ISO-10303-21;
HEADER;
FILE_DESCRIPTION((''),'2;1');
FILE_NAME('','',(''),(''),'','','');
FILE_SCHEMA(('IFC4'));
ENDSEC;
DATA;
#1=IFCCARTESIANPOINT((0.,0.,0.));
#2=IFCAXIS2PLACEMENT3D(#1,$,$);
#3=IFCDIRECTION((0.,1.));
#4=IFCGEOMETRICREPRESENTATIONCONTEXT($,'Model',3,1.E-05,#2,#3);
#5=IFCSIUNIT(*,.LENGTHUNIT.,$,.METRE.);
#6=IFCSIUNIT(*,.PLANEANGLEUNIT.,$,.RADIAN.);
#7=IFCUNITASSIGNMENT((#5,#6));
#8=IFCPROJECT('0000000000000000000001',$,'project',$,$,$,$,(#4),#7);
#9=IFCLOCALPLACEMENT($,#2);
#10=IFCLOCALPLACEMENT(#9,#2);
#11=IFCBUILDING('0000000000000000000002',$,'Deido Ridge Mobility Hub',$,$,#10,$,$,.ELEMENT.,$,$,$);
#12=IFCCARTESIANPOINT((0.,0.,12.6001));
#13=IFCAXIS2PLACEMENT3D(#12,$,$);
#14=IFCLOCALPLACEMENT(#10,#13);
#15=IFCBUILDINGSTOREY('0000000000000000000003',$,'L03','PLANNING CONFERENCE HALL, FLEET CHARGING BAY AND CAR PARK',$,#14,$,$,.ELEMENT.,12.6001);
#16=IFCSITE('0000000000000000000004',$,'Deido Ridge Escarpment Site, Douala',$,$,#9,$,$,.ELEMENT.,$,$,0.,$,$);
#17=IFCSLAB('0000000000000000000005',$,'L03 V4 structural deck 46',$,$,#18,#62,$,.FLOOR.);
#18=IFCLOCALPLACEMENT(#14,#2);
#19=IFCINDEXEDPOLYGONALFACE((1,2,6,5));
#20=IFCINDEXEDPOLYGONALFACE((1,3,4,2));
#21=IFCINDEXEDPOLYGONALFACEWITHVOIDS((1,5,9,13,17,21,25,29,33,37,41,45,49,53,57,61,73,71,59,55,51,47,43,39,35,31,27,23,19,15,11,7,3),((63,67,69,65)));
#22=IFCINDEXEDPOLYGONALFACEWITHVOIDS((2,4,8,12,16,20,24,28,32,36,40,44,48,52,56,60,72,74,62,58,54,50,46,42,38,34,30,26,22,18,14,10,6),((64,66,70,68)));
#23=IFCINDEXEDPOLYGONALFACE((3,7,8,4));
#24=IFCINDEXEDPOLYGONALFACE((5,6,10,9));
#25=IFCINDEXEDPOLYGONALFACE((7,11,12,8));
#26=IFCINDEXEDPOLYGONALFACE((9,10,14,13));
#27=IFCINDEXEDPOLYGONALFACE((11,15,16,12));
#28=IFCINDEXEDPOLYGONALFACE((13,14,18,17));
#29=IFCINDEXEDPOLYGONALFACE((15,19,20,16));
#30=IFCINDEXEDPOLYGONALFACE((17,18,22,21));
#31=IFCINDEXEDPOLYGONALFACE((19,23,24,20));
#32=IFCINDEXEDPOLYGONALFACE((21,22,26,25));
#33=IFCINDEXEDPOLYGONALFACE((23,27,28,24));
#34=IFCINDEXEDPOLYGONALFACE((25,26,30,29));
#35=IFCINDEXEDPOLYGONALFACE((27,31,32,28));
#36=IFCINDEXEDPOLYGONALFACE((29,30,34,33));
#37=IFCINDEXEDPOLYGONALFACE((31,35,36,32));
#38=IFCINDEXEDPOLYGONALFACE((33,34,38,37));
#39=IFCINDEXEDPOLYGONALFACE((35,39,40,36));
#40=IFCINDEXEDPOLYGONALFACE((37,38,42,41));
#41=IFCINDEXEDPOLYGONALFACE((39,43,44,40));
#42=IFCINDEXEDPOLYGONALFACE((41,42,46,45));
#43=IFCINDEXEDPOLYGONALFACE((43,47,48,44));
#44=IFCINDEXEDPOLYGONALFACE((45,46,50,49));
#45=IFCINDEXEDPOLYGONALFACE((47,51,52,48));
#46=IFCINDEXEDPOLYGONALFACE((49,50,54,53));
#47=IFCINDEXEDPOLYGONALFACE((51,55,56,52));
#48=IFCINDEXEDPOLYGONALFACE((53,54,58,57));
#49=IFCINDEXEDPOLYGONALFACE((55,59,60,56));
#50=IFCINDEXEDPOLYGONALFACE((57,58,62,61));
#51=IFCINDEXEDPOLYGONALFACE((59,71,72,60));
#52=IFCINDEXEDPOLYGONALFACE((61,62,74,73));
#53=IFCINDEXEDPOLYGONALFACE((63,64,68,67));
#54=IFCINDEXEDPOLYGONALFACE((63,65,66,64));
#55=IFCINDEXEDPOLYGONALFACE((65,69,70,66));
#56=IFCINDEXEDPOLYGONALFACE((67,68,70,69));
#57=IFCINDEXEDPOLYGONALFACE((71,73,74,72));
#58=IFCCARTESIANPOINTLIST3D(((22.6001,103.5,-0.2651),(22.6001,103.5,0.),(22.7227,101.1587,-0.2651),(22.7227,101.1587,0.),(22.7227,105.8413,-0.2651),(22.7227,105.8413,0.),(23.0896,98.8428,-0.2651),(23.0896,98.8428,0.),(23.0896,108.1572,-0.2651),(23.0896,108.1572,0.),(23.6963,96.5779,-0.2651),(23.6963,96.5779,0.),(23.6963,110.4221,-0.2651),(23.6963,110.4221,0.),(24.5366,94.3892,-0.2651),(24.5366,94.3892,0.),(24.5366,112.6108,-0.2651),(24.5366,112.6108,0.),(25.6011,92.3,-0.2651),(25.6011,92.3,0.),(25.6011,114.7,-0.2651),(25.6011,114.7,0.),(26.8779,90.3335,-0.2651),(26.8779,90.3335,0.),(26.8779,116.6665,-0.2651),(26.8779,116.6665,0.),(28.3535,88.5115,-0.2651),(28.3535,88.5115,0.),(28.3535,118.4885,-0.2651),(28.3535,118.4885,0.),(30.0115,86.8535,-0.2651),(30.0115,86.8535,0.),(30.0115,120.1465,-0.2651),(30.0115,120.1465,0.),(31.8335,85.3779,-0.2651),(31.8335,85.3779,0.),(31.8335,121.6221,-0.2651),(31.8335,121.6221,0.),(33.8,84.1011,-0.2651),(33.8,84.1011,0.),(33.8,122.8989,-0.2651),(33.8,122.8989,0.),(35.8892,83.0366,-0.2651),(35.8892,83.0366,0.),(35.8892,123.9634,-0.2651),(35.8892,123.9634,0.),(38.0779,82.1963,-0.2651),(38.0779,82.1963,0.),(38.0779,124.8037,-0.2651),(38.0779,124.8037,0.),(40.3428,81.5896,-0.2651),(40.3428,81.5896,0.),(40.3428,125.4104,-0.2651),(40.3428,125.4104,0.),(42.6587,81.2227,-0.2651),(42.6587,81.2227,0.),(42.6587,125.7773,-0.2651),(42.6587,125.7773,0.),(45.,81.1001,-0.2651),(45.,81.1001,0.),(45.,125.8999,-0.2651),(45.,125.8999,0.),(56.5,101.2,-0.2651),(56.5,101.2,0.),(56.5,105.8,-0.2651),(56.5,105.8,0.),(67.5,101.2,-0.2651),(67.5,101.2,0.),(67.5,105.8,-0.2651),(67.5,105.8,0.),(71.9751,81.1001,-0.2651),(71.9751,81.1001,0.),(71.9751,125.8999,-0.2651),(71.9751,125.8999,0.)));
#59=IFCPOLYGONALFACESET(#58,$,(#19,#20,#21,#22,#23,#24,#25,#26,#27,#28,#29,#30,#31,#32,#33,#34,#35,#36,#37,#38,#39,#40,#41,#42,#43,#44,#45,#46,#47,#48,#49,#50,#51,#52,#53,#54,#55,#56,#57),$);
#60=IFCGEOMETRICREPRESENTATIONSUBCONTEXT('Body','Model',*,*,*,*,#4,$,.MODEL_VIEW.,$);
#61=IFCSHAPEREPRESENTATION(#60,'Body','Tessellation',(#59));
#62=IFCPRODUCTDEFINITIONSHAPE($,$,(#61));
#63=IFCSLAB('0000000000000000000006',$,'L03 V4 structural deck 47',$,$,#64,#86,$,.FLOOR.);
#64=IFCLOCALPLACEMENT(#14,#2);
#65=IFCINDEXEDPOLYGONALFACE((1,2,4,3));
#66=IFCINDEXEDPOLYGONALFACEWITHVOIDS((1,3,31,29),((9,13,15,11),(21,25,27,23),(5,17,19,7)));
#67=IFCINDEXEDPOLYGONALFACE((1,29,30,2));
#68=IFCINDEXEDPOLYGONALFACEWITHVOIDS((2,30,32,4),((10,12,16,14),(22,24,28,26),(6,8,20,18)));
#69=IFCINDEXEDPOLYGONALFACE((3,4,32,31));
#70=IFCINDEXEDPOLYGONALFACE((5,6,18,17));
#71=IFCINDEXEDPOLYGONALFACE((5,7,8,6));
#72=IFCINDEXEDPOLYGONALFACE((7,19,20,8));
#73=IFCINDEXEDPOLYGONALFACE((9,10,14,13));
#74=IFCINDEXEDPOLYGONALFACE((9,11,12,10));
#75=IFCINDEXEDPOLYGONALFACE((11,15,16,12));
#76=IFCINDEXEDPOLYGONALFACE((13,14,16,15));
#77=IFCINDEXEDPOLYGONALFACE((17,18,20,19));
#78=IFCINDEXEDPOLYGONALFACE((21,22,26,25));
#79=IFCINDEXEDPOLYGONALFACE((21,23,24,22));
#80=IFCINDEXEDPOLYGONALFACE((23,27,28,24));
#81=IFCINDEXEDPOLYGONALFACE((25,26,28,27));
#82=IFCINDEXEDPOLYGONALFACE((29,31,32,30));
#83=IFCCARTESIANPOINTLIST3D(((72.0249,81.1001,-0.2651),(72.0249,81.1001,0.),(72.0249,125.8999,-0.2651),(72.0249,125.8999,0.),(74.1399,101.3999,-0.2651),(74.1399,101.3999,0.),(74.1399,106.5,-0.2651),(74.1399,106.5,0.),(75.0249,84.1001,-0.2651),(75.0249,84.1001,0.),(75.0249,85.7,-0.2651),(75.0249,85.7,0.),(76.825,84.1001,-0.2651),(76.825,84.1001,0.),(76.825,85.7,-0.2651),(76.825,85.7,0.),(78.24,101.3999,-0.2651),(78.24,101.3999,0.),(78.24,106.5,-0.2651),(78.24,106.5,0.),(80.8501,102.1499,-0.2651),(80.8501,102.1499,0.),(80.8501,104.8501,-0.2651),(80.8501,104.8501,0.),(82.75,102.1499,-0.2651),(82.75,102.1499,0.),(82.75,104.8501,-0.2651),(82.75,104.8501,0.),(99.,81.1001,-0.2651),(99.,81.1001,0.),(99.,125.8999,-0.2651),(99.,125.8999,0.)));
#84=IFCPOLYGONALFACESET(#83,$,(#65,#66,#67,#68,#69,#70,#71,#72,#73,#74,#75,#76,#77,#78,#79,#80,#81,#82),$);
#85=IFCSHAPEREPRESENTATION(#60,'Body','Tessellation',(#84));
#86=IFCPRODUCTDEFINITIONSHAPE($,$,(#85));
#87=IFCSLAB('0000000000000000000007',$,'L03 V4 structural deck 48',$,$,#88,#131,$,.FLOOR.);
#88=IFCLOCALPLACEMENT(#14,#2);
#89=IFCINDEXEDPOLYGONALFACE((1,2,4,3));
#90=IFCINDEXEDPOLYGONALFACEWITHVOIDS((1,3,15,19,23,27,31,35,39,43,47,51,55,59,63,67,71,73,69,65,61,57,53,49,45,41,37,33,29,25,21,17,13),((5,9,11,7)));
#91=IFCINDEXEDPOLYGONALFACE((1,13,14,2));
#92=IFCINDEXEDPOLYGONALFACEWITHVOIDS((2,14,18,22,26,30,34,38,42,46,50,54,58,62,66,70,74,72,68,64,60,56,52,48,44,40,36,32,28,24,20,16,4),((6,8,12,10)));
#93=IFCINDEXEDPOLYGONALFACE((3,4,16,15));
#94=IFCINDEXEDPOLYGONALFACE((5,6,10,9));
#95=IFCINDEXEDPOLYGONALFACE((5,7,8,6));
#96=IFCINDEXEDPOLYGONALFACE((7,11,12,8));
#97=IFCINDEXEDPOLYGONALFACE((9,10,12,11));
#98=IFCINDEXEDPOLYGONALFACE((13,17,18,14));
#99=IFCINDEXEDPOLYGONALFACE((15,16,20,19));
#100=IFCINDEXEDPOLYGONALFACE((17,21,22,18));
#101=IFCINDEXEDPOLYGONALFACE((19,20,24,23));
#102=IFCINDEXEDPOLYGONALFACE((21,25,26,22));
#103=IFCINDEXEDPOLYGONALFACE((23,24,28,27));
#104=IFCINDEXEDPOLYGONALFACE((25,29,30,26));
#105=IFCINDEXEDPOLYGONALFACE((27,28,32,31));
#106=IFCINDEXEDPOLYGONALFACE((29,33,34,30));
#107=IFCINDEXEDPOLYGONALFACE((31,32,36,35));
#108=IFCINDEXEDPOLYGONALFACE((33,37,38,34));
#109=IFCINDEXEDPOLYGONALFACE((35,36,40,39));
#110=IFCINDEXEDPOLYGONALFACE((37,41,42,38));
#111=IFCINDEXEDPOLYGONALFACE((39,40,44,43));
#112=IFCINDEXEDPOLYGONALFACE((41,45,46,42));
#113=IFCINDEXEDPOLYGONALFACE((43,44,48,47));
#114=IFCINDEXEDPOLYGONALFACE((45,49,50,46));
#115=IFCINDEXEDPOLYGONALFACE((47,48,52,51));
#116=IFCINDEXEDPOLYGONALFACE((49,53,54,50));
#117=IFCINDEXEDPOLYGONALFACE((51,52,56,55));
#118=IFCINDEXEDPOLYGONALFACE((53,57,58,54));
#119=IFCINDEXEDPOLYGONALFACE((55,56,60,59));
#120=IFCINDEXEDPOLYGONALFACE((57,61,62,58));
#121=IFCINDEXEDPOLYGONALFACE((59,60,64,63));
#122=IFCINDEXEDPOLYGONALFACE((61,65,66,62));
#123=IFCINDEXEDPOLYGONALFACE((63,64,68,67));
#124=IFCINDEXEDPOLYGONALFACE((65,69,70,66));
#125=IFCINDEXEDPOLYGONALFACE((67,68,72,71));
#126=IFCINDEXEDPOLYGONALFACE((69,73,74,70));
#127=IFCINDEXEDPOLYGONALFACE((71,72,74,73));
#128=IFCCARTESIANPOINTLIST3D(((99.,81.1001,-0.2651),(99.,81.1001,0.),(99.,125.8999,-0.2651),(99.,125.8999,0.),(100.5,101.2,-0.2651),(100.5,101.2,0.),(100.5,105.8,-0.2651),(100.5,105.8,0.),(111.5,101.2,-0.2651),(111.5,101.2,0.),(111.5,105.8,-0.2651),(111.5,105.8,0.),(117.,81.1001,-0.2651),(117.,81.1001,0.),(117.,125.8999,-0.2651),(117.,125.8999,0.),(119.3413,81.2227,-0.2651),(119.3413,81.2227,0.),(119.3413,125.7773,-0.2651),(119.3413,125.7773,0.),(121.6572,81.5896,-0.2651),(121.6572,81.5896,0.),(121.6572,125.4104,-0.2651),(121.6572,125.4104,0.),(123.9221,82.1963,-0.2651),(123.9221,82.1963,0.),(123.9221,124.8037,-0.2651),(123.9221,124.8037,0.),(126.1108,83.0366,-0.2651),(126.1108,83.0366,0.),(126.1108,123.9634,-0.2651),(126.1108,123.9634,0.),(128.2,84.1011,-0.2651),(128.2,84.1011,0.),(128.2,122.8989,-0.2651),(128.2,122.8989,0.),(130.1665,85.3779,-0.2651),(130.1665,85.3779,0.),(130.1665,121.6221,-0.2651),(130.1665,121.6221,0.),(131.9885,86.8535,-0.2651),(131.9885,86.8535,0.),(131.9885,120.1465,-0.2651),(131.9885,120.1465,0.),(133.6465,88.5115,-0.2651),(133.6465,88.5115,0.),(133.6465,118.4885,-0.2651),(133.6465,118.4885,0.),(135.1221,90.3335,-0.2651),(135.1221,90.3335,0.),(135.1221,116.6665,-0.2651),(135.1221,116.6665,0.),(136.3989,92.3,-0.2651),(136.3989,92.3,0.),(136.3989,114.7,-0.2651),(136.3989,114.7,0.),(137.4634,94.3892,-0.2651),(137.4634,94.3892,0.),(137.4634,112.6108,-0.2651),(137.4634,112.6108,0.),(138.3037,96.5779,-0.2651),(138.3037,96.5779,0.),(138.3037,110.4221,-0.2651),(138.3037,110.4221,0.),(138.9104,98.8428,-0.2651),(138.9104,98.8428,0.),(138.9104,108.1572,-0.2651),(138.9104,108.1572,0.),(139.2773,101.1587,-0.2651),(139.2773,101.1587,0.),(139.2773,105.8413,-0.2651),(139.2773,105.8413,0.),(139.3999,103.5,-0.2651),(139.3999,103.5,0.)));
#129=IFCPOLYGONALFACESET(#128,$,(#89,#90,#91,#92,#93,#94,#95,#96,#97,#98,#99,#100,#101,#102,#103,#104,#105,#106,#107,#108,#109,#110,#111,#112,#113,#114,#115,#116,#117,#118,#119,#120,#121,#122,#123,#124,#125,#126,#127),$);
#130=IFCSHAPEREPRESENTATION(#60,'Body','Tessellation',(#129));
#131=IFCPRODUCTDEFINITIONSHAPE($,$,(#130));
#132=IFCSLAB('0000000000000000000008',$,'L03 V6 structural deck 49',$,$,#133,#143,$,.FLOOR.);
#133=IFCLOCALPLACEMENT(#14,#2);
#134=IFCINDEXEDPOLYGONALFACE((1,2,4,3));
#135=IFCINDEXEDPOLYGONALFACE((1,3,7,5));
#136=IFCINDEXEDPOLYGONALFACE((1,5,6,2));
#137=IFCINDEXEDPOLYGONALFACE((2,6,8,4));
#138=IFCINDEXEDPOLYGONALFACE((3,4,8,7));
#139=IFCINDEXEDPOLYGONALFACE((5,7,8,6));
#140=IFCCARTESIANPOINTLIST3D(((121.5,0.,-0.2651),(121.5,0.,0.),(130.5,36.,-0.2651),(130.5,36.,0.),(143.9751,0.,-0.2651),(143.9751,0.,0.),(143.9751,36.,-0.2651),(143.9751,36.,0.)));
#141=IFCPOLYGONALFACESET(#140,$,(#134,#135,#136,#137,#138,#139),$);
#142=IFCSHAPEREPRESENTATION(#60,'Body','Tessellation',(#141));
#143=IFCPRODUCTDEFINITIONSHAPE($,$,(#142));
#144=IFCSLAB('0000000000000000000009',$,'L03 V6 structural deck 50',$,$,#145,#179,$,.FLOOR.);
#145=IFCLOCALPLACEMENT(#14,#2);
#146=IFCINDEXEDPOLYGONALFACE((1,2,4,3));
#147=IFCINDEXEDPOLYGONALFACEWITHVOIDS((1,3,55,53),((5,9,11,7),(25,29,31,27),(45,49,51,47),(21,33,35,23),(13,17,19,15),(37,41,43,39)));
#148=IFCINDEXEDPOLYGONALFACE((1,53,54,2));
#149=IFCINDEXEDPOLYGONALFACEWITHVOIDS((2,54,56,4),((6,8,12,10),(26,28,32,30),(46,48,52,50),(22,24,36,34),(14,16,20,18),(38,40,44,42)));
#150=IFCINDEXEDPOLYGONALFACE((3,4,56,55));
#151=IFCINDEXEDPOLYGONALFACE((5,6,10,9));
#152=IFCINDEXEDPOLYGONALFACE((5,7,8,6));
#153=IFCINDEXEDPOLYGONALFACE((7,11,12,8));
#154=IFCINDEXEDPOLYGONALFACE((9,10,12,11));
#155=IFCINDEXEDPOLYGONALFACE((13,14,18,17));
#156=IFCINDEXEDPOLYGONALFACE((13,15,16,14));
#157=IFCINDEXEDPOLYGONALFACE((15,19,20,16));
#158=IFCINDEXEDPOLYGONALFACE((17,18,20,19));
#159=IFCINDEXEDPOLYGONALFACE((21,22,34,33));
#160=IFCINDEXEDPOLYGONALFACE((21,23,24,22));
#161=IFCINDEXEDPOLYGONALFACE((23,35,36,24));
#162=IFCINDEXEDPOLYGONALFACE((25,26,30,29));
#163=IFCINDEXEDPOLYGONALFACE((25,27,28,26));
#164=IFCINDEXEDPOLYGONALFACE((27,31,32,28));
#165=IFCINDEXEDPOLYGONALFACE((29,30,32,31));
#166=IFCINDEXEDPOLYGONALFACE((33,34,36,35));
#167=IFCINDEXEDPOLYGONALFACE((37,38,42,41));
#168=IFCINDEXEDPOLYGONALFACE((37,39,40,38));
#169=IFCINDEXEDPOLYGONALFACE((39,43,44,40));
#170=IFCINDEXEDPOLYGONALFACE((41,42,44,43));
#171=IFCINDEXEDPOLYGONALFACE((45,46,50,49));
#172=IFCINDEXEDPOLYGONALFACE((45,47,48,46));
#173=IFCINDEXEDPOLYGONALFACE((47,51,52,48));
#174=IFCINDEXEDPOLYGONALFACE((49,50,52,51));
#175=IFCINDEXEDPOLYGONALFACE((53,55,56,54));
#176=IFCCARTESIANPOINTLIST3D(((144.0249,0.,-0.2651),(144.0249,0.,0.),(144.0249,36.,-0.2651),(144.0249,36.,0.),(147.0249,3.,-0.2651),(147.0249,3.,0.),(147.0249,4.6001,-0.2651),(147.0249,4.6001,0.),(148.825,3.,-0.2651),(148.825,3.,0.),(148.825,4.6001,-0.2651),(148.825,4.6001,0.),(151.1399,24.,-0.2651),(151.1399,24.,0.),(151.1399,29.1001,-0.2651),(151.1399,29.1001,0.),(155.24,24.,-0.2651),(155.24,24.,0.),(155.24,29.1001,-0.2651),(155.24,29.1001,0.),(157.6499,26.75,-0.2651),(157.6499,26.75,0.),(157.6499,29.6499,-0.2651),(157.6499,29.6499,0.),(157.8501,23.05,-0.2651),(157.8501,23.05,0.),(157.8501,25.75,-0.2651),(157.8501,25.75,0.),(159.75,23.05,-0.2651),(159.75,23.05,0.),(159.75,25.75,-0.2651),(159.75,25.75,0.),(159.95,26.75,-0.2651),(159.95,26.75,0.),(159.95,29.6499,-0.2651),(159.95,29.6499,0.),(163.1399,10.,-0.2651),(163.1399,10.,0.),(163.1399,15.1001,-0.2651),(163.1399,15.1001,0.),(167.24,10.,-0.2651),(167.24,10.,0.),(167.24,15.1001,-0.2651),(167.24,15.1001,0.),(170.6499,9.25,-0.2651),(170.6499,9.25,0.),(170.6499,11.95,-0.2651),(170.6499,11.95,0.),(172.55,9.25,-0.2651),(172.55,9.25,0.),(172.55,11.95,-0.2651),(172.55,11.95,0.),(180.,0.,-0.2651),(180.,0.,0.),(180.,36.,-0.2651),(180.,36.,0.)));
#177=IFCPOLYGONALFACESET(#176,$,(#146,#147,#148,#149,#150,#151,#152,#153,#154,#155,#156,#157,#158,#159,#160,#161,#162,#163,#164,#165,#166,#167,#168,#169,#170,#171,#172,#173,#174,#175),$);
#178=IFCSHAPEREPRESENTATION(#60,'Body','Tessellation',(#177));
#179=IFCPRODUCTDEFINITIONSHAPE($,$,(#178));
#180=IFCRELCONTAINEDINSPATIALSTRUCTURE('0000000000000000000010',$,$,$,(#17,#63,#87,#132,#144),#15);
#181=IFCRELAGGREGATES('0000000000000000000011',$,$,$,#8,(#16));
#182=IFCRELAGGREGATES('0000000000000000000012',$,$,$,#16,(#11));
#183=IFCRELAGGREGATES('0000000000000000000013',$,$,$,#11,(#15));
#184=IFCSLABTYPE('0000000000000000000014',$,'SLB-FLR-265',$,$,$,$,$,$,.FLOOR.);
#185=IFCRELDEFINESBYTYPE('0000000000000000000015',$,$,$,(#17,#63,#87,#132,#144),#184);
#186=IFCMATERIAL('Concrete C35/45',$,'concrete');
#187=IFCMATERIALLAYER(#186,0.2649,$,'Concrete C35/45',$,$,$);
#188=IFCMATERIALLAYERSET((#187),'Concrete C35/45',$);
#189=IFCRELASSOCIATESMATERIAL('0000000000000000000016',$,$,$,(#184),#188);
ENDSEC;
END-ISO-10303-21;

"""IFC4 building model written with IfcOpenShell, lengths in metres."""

from ifc_helpers import new_model, si_unit, direction, frame, origin, place, context, subcontext, project, spatial, polyline, outline, extrude, material, layer, layer_set, type_object, element, save


model = new_model("IFC4")

# Units and contexts
model_context = context("Model", 3, precision=1e-05, world=origin(), true_north=direction((0.0, 1.0)))
body_context = subcontext(model_context, "Body", "Model", "MODEL_VIEW")
ifc_project = project(units=[si_unit("LENGTHUNIT", "METRE"), si_unit("PLANEANGLEUNIT", "RADIAN")], contexts=[model_context])

# Site, building, storey
site_placement = place(None, origin())
site = spatial("IfcSite", under=ifc_project, at=site_placement, Name="Deido Ridge Escarpment Site, Douala", CompositionType="ELEMENT", RefElevation=0.0)
building_placement = place(site_placement, origin())
building = spatial("IfcBuilding", under=site, at=building_placement, Name="Deido Ridge Mobility Hub", CompositionType="ELEMENT")
storey_placement = place(building_placement, frame((0.0, 0.0, 12.6001)))
storey = spatial("IfcBuildingStorey", under=building, at=storey_placement, Name="L03", Description="PLANNING CONFERENCE HALL, FLEET CHARGING BAY AND CAR PARK", CompositionType="ELEMENT", Elevation=12.6001)

# Slabs
ifc_material_1 = material(Name="Concrete C35/45", Category="concrete")
ifc_layer_1 = layer(ifc_material_1, 0.2649, Name="Concrete C35/45")
ifc_layer_set_1 = layer_set([ifc_layer_1], Name="Concrete C35/45")
slab_type_1 = type_object("IfcSlabType", Name="SLB-FLR-265", PredefinedType="FLOOR", material=ifc_layer_set_1)
slab_1_placement = place(storey_placement, frame((0.0, 0.0, -0.2651)))
element("IfcSlab", 1, at=slab_1_placement, inside=storey, type_object=slab_type_1, Name="L03 V4 structural deck 46", PredefinedType="FLOOR", context=body_context, shape_type="SweptSolid", body=[
    extrude(outline(polyline([(42.6587, 81.2227), (40.3428, 81.5896), (38.0779, 82.1963), (35.8892, 83.0366), (33.8, 84.1011), (31.8335, 85.3779), (30.0115, 86.8535), (28.3535, 88.5115), (26.8779, 90.3335), (25.6011, 92.3), (24.5366, 94.3892), (23.6963, 96.5779), (23.0896, 98.8428), (22.7227, 101.1587), (22.6001, 103.5), (22.7227, 105.8413), (23.0896, 108.1572), (23.6963, 110.4221), (24.5366, 112.6108), (25.6011, 114.7), (26.8779, 116.6665), (28.3535, 118.4885), (30.0115, 120.1465), (31.8335, 121.6221), (33.8, 122.8989), (35.8892, 123.9634), (38.0779, 124.8037), (40.3428, 125.4104), (42.6587, 125.7773), (45.0, 125.8999), (71.9751, 125.8999), (71.9751, 81.1001), (45.0, 81.1001), (42.6587, 81.2227)]), holes=[polyline([(56.5, 101.2), (56.5, 105.8), (67.5, 105.8), (67.5, 101.2), (56.5, 101.2)])]), origin(), (0.0, 0.0, 1.0), 0.2651),
])
slab_2_placement = place(storey_placement, frame((0.0, 0.0, -0.2651)))
element("IfcSlab", 2, at=slab_2_placement, inside=storey, type_object=slab_type_1, Name="L03 V4 structural deck 47", PredefinedType="FLOOR", context=body_context, shape_type="SweptSolid", body=[
    extrude(outline(polyline([(99.0, 81.1001), (72.0249, 81.1001), (72.0249, 125.8999), (99.0, 125.8999), (99.0, 81.1001)]), holes=[polyline([(75.0249, 84.1001), (75.0249, 85.7), (76.825, 85.7), (76.825, 84.1001), (75.0249, 84.1001)]), polyline([(80.8501, 102.1499), (80.8501, 104.8501), (82.75, 104.8501), (82.75, 102.1499), (80.8501, 102.1499)]), polyline([(74.1399, 101.3999), (74.1399, 106.5), (78.24, 106.5), (78.24, 101.3999), (74.1399, 101.3999)])]), origin(), (0.0, 0.0, 1.0), 0.2651),
])
slab_3_placement = place(storey_placement, frame((0.0, 0.0, -0.2651)))
element("IfcSlab", 3, at=slab_3_placement, inside=storey, type_object=slab_type_1, Name="L03 V4 structural deck 48", PredefinedType="FLOOR", context=body_context, shape_type="SweptSolid", body=[
    extrude(outline(polyline([(119.3413, 125.7773), (121.6572, 125.4104), (123.9221, 124.8037), (126.1108, 123.9634), (128.2, 122.8989), (130.1665, 121.6221), (131.9885, 120.1465), (133.6465, 118.4885), (135.1221, 116.6665), (136.3989, 114.7), (137.4634, 112.6108), (138.3037, 110.4221), (138.9104, 108.1572), (139.2773, 105.8413), (139.3999, 103.5), (139.2773, 101.1587), (138.9104, 98.8428), (138.3037, 96.5779), (137.4634, 94.3892), (136.3989, 92.3), (135.1221, 90.3335), (133.6465, 88.5115), (131.9885, 86.8535), (130.1665, 85.3779), (128.2, 84.1011), (126.1108, 83.0366), (123.9221, 82.1963), (121.6572, 81.5896), (119.3413, 81.2227), (117.0, 81.1001), (99.0, 81.1001), (99.0, 125.8999), (117.0, 125.8999), (119.3413, 125.7773)]), holes=[polyline([(100.5, 101.2), (100.5, 105.8), (111.5, 105.8), (111.5, 101.2), (100.5, 101.2)])]), origin(), (0.0, 0.0, 1.0), 0.2651),
])
slab_4_placement = place(storey_placement, frame((0.0, 0.0, -0.2651)))
element("IfcSlab", 4, at=slab_4_placement, inside=storey, type_object=slab_type_1, Name="L03 V6 structural deck 49", PredefinedType="FLOOR", context=body_context, shape_type="SweptSolid", body=[
    extrude(outline(polyline([(130.5, 36.0), (143.9751, 36.0), (143.9751, 0.0), (121.5, 0.0), (130.5, 36.0)])), origin(), (0.0, 0.0, 1.0), 0.2651),
])
slab_5_placement = place(storey_placement, frame((0.0, 0.0, -0.2651)))
element("IfcSlab", 5, at=slab_5_placement, inside=storey, type_object=slab_type_1, Name="L03 V6 structural deck 50", PredefinedType="FLOOR", context=body_context, shape_type="SweptSolid", body=[
    extrude(outline(polyline([(180.0, 36.0), (180.0, 0.0), (144.0249, 0.0), (144.0249, 36.0), (180.0, 36.0)]), holes=[polyline([(147.0249, 3.0), (147.0249, 4.6001), (148.825, 4.6001), (148.825, 3.0), (147.0249, 3.0)]), polyline([(170.6499, 9.25), (170.6499, 11.95), (172.55, 11.95), (172.55, 9.25), (170.6499, 9.25)]), polyline([(163.1399, 10.0), (163.1399, 15.1001), (167.24, 15.1001), (167.24, 10.0), (163.1399, 10.0)]), polyline([(157.8501, 23.05), (157.8501, 25.75), (159.75, 25.75), (159.75, 23.05), (157.8501, 23.05)]), polyline([(151.1399, 24.0), (151.1399, 29.1001), (155.24, 29.1001), (155.24, 24.0), (151.1399, 24.0)]), polyline([(157.6499, 26.75), (157.6499, 29.6499), (159.95, 29.6499), (159.95, 26.75), (157.6499, 26.75)])]), origin(), (0.0, 0.0, 1.0), 0.2651),
])

save(model, "model.ifc")
